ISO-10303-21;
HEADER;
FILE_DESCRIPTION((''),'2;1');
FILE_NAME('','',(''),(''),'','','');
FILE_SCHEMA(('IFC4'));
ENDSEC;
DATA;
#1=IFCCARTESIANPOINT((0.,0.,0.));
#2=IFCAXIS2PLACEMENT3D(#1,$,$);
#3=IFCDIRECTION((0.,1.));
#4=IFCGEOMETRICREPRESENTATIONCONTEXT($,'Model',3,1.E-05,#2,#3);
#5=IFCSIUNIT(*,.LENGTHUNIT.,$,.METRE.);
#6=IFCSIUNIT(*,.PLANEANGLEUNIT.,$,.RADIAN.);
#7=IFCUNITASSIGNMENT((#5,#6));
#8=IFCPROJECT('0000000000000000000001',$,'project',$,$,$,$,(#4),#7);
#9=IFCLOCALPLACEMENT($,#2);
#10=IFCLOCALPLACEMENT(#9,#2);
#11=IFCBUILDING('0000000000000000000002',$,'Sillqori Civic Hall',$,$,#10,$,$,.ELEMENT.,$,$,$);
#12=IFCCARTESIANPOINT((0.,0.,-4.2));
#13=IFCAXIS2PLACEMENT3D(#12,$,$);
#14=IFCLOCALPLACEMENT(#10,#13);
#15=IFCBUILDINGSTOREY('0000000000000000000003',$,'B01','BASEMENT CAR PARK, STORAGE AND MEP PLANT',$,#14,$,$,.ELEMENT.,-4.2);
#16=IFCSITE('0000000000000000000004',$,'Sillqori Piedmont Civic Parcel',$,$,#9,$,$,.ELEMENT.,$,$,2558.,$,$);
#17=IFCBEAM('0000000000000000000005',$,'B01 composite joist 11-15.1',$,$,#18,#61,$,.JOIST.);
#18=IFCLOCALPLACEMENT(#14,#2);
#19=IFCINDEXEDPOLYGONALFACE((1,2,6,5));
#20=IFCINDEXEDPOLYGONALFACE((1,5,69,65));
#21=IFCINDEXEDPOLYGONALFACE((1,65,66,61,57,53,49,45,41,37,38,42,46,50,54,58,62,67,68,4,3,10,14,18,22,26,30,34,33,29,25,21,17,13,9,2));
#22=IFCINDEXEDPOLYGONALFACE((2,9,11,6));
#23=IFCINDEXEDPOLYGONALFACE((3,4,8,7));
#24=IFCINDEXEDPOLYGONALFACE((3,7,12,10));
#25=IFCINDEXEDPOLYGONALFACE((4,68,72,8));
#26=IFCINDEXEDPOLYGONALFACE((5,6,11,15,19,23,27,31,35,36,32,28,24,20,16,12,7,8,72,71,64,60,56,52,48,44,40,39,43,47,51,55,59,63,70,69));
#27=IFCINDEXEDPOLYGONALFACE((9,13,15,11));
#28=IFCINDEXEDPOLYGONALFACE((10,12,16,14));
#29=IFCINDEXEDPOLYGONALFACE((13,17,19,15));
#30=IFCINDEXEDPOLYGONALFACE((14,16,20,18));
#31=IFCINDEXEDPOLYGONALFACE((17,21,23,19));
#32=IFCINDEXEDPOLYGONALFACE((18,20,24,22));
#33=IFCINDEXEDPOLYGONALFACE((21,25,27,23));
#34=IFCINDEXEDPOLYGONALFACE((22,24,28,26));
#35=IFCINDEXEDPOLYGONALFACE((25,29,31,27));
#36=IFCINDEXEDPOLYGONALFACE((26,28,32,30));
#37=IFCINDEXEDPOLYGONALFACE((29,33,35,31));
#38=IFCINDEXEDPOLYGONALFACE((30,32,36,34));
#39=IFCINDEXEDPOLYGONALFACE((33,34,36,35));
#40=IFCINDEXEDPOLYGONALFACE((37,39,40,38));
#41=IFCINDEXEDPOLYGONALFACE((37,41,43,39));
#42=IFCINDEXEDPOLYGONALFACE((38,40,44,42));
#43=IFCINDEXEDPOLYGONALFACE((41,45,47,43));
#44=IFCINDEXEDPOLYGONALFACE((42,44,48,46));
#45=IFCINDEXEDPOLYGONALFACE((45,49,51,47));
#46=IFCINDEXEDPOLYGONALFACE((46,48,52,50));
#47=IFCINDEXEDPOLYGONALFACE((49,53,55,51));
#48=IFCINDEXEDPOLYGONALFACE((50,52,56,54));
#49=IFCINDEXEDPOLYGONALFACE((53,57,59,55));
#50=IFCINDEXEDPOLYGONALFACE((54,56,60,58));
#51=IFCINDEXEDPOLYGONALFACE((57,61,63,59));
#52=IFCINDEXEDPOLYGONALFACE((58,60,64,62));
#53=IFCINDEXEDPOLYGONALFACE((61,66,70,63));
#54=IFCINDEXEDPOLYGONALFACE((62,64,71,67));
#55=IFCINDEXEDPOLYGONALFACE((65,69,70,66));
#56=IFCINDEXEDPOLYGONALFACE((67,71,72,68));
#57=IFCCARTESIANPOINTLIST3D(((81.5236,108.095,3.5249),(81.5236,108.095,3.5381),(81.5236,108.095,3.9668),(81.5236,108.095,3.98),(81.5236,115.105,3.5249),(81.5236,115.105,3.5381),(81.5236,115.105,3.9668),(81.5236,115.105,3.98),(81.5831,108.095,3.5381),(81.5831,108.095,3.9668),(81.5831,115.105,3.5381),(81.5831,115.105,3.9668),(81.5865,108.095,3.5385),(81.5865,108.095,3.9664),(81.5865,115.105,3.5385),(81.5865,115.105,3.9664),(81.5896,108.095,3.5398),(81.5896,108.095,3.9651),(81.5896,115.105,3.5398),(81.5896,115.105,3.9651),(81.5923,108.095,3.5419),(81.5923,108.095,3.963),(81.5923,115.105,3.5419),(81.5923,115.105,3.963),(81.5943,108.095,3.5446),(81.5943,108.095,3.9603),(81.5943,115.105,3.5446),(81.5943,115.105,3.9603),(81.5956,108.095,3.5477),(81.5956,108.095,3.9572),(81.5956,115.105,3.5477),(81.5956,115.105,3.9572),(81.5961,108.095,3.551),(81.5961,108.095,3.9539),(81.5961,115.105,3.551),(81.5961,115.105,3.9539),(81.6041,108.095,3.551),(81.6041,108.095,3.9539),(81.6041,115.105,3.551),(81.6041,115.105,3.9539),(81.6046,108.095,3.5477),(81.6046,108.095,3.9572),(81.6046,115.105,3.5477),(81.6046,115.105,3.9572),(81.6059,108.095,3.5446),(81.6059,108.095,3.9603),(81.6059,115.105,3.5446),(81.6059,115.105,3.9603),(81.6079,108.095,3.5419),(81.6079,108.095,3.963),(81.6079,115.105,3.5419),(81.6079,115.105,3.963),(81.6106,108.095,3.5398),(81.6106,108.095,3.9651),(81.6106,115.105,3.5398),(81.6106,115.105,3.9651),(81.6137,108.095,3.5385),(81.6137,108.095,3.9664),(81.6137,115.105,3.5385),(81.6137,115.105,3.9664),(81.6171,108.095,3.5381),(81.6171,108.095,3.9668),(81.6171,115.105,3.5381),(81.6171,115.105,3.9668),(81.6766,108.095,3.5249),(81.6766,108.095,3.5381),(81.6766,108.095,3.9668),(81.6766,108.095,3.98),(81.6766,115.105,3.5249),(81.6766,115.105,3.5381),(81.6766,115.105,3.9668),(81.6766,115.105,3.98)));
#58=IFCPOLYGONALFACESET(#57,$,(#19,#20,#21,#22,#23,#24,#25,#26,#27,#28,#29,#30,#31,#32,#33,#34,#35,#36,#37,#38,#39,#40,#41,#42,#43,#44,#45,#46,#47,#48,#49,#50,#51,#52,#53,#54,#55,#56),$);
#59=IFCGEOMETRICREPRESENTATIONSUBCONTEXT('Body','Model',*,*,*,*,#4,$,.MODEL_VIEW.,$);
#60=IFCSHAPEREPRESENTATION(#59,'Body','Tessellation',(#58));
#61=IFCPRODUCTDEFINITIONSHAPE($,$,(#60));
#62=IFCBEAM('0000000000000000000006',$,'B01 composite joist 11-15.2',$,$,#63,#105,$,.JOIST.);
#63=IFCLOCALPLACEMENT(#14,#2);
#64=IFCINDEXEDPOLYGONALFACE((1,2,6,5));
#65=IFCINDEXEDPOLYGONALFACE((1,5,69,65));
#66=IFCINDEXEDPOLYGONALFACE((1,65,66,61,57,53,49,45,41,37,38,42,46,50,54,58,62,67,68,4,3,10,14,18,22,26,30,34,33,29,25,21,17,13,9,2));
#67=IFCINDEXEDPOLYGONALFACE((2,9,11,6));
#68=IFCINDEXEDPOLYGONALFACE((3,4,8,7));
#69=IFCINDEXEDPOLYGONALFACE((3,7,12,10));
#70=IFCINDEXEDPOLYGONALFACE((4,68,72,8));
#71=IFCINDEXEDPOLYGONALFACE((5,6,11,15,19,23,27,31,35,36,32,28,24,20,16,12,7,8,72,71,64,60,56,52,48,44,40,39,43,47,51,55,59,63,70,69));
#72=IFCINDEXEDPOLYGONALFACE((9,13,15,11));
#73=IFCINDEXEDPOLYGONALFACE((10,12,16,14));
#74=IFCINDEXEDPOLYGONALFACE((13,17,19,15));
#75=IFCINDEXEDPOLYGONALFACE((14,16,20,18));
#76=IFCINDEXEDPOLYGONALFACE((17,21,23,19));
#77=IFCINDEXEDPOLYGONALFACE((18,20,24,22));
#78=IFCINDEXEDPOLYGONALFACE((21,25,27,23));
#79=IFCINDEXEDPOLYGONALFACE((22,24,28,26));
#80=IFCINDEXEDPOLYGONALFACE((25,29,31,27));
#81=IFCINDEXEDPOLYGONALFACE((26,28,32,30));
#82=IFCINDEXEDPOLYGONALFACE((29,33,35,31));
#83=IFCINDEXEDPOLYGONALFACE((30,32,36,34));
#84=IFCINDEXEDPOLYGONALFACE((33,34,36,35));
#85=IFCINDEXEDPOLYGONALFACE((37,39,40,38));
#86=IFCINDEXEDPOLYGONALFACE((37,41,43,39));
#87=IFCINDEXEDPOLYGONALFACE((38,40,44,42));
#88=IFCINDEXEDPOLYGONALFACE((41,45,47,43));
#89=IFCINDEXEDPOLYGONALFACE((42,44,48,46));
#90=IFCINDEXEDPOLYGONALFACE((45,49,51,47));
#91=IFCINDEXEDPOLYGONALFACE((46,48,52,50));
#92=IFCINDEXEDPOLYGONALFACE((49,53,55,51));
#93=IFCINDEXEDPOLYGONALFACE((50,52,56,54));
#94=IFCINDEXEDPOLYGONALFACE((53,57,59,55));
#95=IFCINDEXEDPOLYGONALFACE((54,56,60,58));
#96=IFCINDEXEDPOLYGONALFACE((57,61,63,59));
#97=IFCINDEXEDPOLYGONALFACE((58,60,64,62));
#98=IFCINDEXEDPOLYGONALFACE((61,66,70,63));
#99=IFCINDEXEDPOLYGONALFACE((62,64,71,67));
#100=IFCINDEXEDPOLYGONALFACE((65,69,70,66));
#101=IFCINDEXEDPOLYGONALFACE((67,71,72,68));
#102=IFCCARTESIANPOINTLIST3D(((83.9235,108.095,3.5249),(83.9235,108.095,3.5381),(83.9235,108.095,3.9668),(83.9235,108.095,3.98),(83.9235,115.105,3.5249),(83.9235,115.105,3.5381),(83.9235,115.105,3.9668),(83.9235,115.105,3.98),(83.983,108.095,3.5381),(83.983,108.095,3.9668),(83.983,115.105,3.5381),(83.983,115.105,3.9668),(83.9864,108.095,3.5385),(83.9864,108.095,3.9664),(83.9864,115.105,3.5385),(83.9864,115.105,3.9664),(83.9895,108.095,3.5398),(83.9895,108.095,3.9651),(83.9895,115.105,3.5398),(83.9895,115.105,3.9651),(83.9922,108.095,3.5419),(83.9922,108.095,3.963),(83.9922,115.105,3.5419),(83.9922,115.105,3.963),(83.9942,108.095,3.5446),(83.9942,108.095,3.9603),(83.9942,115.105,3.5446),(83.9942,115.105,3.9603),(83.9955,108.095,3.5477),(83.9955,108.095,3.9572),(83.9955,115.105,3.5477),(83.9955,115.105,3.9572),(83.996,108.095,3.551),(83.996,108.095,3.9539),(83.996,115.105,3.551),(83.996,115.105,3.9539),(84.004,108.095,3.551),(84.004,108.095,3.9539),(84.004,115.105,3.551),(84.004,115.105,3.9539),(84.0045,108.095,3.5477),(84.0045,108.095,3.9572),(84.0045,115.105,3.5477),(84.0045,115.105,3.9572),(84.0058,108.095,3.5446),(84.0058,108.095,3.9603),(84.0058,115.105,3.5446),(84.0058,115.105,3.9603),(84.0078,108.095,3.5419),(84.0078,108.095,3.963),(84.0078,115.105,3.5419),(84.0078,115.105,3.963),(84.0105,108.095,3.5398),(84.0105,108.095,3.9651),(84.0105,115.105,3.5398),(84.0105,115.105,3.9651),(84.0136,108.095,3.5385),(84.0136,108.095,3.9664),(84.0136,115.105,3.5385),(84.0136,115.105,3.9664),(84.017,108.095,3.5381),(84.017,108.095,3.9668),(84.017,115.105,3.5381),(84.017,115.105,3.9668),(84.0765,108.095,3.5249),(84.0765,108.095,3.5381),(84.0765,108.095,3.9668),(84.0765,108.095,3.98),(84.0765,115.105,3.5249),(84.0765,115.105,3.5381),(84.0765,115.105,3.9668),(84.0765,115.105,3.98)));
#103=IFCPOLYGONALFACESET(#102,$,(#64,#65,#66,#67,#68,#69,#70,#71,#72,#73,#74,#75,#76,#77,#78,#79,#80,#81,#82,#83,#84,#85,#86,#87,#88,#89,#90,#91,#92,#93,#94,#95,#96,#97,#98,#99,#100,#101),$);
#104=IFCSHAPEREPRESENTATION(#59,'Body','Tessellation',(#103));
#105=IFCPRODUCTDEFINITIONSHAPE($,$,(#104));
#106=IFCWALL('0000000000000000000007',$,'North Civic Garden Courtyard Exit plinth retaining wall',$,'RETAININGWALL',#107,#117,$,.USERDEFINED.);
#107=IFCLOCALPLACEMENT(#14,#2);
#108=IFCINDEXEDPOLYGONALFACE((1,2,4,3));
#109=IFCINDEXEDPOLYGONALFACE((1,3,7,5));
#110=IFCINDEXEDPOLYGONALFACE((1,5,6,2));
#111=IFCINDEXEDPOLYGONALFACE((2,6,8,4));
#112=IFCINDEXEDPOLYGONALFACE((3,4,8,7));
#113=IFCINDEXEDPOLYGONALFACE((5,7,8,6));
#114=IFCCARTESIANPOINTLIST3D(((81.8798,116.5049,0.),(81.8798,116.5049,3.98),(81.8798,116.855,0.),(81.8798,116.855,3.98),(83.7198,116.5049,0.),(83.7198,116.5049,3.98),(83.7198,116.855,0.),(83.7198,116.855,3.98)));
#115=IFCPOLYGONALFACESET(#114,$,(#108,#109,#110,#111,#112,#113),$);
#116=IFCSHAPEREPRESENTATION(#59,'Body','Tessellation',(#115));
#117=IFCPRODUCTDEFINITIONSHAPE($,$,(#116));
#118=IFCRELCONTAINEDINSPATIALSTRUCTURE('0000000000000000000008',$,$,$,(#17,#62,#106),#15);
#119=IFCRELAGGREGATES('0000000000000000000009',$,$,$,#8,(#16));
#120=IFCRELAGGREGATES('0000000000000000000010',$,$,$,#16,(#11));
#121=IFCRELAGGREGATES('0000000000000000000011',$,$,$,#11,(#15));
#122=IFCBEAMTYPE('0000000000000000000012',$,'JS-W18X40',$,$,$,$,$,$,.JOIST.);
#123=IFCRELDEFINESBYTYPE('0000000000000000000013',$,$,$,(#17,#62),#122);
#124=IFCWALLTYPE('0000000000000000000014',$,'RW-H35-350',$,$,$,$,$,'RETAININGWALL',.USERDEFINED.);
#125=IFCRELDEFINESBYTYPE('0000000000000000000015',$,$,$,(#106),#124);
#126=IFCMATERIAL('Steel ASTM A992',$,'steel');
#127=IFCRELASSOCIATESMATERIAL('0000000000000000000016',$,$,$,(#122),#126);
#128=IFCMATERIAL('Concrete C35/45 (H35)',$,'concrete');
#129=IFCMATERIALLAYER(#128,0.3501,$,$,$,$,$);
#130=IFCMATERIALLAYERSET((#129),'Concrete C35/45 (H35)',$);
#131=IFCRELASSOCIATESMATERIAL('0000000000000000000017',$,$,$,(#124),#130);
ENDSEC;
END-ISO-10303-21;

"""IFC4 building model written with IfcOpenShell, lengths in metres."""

from ifc_helpers import new_model, si_unit, direction, frame, frame_2d, origin, origin_2d, place, context, subcontext, project, spatial, rectangle, i_section, extrude, material, layer, layer_set, material_profile, profile_set, type_object, element, save


model = new_model("IFC4")

# Units and contexts
model_context = context("Model", 3, precision=1e-05, world=origin(), true_north=direction((0.0, 1.0)))
body_context = subcontext(model_context, "Body", "Model", "MODEL_VIEW")
ifc_project = project(units=[si_unit("LENGTHUNIT", "METRE"), si_unit("PLANEANGLEUNIT", "RADIAN")], contexts=[model_context])

# Site, building, storey
site_placement = place(None, origin())
site = spatial("IfcSite", under=ifc_project, at=site_placement, Name="Sillqori Piedmont Civic Parcel", CompositionType="ELEMENT", RefElevation=2558.0)
building_placement = place(site_placement, origin())
building = spatial("IfcBuilding", under=site, at=building_placement, Name="Sillqori Civic Hall", CompositionType="ELEMENT")
storey_placement = place(building_placement, frame((0.0, 0.0, -4.2)))
storey = spatial("IfcBuildingStorey", under=building, at=storey_placement, Name="B01", Description="BASEMENT CAR PARK, STORAGE AND MEP PLANT", CompositionType="ELEMENT", Elevation=-4.2)

# Shared definitions
ifc_material_1 = material(Name="Concrete C35/45 (H35)", Category="concrete")

# Shared definitions
ifc_material_2 = material(Name="Steel ASTM A992", Category="steel")

# Beams
ifc_material_profile_1 = material_profile(ifc_material_2, i_section(OverallWidth=0.1531, OverallDepth=0.4551, WebThickness=0.0081, FlangeThickness=0.0132, FilletRadius=0.0129, at=origin_2d()), Name="W18X40")
ifc_profile_set_1 = profile_set([ifc_material_profile_1], Name="Steel ASTM A992")
beam_type_1 = type_object("IfcBeamType", Name="JS-W18X40", PredefinedType="JOIST", material=ifc_profile_set_1)
for number, where, z_axis, x_axis, name in (
    (1, (81.6001, 108.095, 3.7524), (0.0, 1.0, 0.0), (-1.0, 0.0, 0.0), "B01 composite joist 11-15.1"),
    (2, (84.0, 108.095, 3.7524), (0.0, 1.0, 0.0), (-1.0, 0.0, 0.0), "B01 composite joist 11-15.2"),
):
    element("IfcBeam", number, at=place(storey_placement, frame(where, z_axis=z_axis, x_axis=x_axis)), inside=storey, type_object=beam_type_1, Name=name, PredefinedType="JOIST", context=body_context, shape_type="SweptSolid", body=[
        extrude(i_section(OverallWidth=0.1531, OverallDepth=0.4551, WebThickness=0.0081, FlangeThickness=0.0132, FilletRadius=0.0129, at=origin_2d()), origin(), (0.0, 0.0, 1.0), 7.01),
    ])

# Wall
ifc_layer = layer(ifc_material_1, 0.3501)
ifc_layer_set = layer_set([ifc_layer], Name="Concrete C35/45 (H35)")
wall_type = type_object("IfcWallType", Name="RW-H35-350", ElementType="RETAININGWALL", PredefinedType="USERDEFINED", material=ifc_layer_set)
wall_placement = place(storey_placement, frame((81.8799, 116.6799, 0.0), z_axis=(0.0, 0.0, 1.0), x_axis=(1.0, 0.0, 0.0)))
element("IfcWall", 3, at=wall_placement, inside=storey, type_object=wall_type, Name="North Civic Garden Courtyard Exit plinth retaining wall", ObjectType="RETAININGWALL", PredefinedType="USERDEFINED", context=body_context, shape_type="SweptSolid", body=[
    extrude(rectangle(XDim=1.8401, YDim=0.3501, at=frame_2d((0.9199, 0.0))), origin(), (0.0, 0.0, 1.0), 3.98),
])

save(model, "model.ifc")
